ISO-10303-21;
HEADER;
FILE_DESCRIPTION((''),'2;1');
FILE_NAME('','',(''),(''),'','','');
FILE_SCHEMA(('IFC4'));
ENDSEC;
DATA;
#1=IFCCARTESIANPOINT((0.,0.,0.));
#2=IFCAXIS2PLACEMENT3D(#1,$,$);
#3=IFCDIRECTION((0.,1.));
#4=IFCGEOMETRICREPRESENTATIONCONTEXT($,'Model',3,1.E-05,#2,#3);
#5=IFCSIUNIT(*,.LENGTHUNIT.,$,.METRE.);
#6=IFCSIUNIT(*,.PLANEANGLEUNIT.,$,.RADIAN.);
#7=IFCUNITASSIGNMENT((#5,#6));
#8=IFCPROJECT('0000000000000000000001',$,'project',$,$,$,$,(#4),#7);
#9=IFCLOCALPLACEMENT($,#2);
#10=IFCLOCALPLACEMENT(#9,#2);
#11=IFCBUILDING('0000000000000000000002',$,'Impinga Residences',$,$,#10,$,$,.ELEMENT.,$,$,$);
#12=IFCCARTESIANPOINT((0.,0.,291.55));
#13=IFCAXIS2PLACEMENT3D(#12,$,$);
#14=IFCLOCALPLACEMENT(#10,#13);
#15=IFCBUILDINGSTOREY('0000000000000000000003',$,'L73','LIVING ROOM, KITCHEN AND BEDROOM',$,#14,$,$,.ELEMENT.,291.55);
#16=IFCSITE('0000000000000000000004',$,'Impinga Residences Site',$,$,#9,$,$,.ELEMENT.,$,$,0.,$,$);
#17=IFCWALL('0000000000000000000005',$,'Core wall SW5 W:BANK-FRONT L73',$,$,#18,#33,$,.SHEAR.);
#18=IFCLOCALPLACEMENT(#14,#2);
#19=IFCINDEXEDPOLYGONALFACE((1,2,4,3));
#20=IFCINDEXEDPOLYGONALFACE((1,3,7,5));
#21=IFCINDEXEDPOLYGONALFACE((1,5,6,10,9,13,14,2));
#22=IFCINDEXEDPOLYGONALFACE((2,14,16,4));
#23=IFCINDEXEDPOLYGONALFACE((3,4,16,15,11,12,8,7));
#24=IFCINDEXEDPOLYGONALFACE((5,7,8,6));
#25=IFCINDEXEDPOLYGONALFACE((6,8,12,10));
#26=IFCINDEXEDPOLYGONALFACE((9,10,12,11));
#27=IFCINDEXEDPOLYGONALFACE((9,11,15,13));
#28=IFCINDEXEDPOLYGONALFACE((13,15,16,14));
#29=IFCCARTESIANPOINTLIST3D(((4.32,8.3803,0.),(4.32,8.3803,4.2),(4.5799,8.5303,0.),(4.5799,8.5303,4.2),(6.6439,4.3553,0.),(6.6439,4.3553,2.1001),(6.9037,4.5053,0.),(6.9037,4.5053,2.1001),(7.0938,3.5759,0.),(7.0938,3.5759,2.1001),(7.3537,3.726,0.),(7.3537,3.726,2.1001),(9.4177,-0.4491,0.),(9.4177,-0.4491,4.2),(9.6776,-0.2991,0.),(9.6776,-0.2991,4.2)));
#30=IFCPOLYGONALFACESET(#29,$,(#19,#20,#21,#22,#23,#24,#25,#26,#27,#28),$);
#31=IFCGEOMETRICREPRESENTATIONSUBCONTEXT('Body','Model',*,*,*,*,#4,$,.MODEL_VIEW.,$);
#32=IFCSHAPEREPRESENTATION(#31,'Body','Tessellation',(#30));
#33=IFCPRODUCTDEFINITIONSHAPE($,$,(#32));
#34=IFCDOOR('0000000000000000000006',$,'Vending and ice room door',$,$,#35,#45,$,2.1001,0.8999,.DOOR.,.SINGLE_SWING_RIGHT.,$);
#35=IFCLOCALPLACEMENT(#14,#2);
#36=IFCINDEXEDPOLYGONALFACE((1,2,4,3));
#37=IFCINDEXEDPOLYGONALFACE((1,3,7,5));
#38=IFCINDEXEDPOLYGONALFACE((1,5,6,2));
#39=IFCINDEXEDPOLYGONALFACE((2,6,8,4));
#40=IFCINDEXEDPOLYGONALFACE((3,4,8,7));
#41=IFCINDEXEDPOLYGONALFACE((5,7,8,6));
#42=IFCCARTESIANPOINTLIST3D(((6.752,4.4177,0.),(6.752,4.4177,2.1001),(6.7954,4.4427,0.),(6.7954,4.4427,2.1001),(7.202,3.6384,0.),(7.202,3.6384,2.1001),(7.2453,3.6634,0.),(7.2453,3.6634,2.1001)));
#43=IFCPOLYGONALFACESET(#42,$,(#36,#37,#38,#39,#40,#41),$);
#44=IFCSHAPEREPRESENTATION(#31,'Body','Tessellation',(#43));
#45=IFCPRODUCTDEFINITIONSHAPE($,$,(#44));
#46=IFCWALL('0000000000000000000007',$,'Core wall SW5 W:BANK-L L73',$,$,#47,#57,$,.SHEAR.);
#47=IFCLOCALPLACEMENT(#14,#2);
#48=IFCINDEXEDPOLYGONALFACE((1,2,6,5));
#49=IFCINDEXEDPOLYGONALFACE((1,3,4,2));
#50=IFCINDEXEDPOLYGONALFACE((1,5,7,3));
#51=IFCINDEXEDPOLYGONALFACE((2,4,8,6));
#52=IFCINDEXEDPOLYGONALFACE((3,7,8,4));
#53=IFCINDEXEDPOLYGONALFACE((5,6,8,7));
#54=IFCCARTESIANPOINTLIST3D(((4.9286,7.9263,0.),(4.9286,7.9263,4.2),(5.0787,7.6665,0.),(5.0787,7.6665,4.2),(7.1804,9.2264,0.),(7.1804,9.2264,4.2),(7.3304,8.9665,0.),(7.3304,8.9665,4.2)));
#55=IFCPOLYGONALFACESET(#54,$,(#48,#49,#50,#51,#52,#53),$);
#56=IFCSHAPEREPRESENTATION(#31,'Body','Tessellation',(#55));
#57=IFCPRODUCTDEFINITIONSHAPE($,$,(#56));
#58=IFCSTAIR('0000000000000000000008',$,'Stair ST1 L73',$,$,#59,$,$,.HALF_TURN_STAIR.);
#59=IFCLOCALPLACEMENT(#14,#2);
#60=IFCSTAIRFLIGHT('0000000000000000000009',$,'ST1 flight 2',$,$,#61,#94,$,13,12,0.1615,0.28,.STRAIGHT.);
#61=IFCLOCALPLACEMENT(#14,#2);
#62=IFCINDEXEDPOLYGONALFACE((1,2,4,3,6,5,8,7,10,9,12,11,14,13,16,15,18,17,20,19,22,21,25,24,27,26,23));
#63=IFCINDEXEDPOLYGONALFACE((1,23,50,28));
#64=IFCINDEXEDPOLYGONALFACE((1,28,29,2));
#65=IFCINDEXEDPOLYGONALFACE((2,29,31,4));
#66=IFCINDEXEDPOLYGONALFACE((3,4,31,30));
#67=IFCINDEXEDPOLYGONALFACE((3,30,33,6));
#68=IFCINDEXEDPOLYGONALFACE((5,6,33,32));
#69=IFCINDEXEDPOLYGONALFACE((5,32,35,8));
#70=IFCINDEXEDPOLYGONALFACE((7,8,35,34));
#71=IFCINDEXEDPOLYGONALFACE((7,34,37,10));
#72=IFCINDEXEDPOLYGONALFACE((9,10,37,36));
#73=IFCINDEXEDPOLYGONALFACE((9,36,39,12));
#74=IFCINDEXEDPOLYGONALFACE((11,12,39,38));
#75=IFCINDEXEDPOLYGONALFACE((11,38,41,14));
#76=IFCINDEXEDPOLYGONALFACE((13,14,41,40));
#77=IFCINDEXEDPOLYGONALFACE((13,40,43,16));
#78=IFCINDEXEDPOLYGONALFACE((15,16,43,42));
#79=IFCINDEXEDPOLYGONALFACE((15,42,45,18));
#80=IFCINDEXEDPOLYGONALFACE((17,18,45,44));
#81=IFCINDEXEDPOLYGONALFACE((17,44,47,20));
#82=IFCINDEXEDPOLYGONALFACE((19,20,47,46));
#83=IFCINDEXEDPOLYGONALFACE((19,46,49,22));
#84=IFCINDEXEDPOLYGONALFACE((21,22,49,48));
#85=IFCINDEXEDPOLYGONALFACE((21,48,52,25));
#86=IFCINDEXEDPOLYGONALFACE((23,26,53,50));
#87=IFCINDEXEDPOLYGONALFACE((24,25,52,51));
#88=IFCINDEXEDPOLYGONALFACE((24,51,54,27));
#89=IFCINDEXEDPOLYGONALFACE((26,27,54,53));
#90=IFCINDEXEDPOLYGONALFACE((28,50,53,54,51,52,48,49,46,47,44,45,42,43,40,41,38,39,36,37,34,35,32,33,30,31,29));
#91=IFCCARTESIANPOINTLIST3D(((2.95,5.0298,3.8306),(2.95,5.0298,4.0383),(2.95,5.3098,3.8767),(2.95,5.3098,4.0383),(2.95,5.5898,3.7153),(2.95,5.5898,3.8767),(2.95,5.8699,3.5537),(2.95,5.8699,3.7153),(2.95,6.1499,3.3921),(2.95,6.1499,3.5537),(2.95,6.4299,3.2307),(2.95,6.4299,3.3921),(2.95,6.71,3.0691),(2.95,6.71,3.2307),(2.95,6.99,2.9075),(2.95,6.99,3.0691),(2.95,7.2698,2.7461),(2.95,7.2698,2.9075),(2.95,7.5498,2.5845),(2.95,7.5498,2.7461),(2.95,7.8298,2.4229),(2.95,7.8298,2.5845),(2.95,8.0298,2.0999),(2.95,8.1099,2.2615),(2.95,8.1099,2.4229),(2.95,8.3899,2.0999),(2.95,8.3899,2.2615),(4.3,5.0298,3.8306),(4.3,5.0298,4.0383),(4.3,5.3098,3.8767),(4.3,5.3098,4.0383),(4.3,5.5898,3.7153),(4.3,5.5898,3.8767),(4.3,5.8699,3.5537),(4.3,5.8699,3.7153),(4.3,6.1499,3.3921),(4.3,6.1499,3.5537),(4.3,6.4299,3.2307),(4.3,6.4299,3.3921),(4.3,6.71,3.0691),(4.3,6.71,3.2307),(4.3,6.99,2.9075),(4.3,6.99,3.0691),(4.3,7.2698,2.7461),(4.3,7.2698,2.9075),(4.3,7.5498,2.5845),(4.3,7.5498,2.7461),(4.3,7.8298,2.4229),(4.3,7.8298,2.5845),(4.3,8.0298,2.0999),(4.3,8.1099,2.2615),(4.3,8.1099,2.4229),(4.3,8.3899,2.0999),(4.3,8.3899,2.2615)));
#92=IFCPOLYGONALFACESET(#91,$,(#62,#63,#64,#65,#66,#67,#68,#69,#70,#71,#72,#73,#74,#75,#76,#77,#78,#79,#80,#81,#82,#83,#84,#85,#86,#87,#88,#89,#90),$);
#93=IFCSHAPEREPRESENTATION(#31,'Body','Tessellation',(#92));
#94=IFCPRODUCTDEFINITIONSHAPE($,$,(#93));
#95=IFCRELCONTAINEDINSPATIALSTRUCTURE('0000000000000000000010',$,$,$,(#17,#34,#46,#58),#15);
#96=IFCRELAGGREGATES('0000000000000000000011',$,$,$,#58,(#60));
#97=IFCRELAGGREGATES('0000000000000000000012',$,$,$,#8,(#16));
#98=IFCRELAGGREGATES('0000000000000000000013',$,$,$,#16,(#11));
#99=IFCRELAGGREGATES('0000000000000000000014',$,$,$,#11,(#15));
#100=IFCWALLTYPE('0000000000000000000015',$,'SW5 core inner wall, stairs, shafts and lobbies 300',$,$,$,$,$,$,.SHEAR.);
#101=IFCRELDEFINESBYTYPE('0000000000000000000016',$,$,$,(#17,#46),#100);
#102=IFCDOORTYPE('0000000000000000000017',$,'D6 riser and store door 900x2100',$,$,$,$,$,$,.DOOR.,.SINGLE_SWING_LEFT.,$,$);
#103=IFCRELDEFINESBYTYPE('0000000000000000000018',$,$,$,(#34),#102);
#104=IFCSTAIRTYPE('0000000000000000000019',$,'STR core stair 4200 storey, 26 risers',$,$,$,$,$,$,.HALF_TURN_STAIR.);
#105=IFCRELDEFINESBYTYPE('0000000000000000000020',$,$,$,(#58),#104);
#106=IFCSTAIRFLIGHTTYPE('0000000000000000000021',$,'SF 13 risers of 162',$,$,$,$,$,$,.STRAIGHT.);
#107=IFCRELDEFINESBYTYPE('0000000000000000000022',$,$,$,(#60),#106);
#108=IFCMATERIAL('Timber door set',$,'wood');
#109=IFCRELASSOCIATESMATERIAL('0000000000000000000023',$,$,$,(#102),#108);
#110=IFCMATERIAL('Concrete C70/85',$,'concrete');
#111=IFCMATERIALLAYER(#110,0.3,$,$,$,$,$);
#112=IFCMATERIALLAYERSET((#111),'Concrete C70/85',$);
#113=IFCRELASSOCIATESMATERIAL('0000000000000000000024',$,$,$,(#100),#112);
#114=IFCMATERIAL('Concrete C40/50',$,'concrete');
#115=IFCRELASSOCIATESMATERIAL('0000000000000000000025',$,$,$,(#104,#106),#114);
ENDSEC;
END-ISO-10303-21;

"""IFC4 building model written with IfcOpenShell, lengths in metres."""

from ifc_helpers import new_model, si_unit, direction, frame, frame_2d, origin, place, context, subcontext, project, spatial, polyline, rectangle, outline, extrude, material, layer, layer_set, type_object, element, fill, aggregate, save


model = new_model("IFC4")

# Units and contexts
model_context = context("Model", 3, precision=1e-05, world=origin(), true_north=direction((0.0, 1.0)))
body_context = subcontext(model_context, "Body", "Model", "MODEL_VIEW")
ifc_project = project(units=[si_unit("LENGTHUNIT", "METRE"), si_unit("PLANEANGLEUNIT", "RADIAN")], contexts=[model_context])

# Site, building, storey
site_placement = place(None, origin())
site = spatial("IfcSite", under=ifc_project, at=site_placement, Name="Impinga Residences Site", CompositionType="ELEMENT", RefElevation=0.0)
building_placement = place(site_placement, origin())
building = spatial("IfcBuilding", under=site, at=building_placement, Name="Impinga Residences", CompositionType="ELEMENT")
storey_placement = place(building_placement, frame((0.0, 0.0, 291.55)))
storey = spatial("IfcBuildingStorey", under=building, at=storey_placement, Name="L73", Description="LIVING ROOM, KITCHEN AND BEDROOM", CompositionType="ELEMENT", Elevation=291.55)

# Shared definitions
ifc_material_1 = material(Name="Timber door set", Category="wood")
door_type_1 = type_object("IfcDoorType", Name="D6 riser and store door 900x2100", OperationType="SINGLE_SWING_LEFT", PredefinedType="DOOR", material=ifc_material_1)

# Shared definitions
ifc_material_2 = material(Name="Concrete C70/85", Category="concrete")
ifc_layer_1 = layer(ifc_material_2, 0.3)
ifc_layer_set_1 = layer_set([ifc_layer_1], Name="Concrete C70/85")
wall_type_1 = type_object("IfcWallType", Name="SW5 core inner wall, stairs, shafts and lobbies 300", PredefinedType="SHEAR", material=ifc_layer_set_1)

# Wall, opening, door
wall_1_placement = place(storey_placement, frame((4.45, 8.4553, 0.0), z_axis=(0.0, 0.0, 1.0), x_axis=(0.500002, -0.866024, 0.0)))
wall_1 = element("IfcWall", 1, at=wall_1_placement, inside=storey, type_object=wall_type_1, Name="Core wall SW5 W:BANK-FRONT L73", PredefinedType="SHEAR", context=body_context, shape_type="SweptSolid", body=[
    extrude(rectangle(XDim=10.1953, YDim=0.3, at=frame_2d((5.0977, 0.0))), origin(), (0.0, 0.0, 1.0), 4.2),
])
opening_1_placement = place(wall_1_placement, frame((4.6477, 0.0, 0.0)))
opening_1 = element("IfcOpeningElement", 2, at=opening_1_placement, cuts=wall_1, PredefinedType="OPENING", context=body_context, shape_type="SweptSolid", body=[
    extrude(rectangle(XDim=0.8999, YDim=2.1001, at=frame_2d((0.45, 1.05))), frame((0.0, 0.1599, 0.0), z_axis=(0.0, -1.0, 0.0), x_axis=(1.0, 0.0, 0.0)), (0.0, 0.0, 1.0), 0.3201),
])
door_1_placement = place(opening_1_placement, origin())
door_1 = element("IfcDoor", 3, at=door_1_placement, inside=storey, type_object=door_type_1, Name="Vending and ice room door", OperationType="SINGLE_SWING_RIGHT", OverallHeight=2.1001, OverallWidth=0.8999, PredefinedType="DOOR", context=body_context, shape_type="SweptSolid", body=[
    extrude(rectangle(XDim=0.8999, YDim=2.1001, at=frame_2d((0.45, 1.05))), frame((0.0, 0.0249, 0.0), z_axis=(0.0, -1.0, 0.0), x_axis=(1.0, 0.0, 0.0)), (0.0, 0.0, 1.0), 0.05),
])
fill(opening_1, door_1)

# Wall
wall_2_placement = place(storey_placement, frame((5.0037, 7.7964, 0.0), z_axis=(0.0, 0.0, 1.0), x_axis=(0.866021, 0.500007, 0.0)))
element("IfcWall", 4, at=wall_2_placement, inside=storey, type_object=wall_type_1, Name="Core wall SW5 W:BANK-L L73", PredefinedType="SHEAR", context=body_context, shape_type="SweptSolid", body=[
    extrude(rectangle(XDim=2.6001, YDim=0.3, at=frame_2d((1.3, 0.0))), origin(), (0.0, 0.0, 1.0), 4.2),
])

# Stair, stair flight
ifc_material_3 = material(Name="Concrete C40/50", Category="concrete")
stair_type = type_object("IfcStairType", Name="STR core stair 4200 storey, 26 risers", PredefinedType="HALF_TURN_STAIR", material=ifc_material_3)
stair_placement = place(storey_placement, origin())
stair = element("IfcStair", 5, at=stair_placement, inside=storey, type_object=stair_type, Name="Stair ST1 L73", PredefinedType="HALF_TURN_STAIR")
stair_flight_type = type_object("IfcStairFlightType", Name="SF 13 risers of 162", PredefinedType="STRAIGHT", material=ifc_material_3)
stair_flight_placement = place(storey_placement, frame((3.625, 8.3899, 2.0999), z_axis=(0.0, 0.0, 1.0), x_axis=(0.0, -1.0, 0.0)))
stair_flight = element("IfcStairFlight", 6, at=stair_flight_placement, type_object=stair_flight_type, Name="ST1 flight 2", NumberOfRisers=13, NumberOfTreads=12, PredefinedType="STRAIGHT", RiserHeight=0.1615, TreadLength=0.28, context=body_context, shape_type="SweptSolid", body=[
    extrude(outline(polyline([(0.0, 0.0), (0.0, 0.1616), (0.28, 0.1616), (0.28, 0.323), (0.5601, 0.323), (0.5601, 0.4846), (0.8401, 0.4846), (0.8401, 0.6462), (1.1201, 0.6462), (1.1201, 0.8076), (1.3999, 0.8076), (1.3999, 0.9692), (1.6799, 0.9692), (1.6799, 1.1309), (1.96, 1.1309), (1.96, 1.2922), (2.24, 1.2922), (2.24, 1.4539), (2.52, 1.4539), (2.52, 1.6155), (2.8, 1.6155), (2.8, 1.7769), (3.0801, 1.7769), (3.0801, 1.9385), (3.3601, 1.9385), (3.3601, 2.1001), (3.3601, 1.7307), (0.3601, 0.0), (0.0, 0.0)])), frame((0.0, 0.675, 0.0), z_axis=(0.0, -1.0, 0.0), x_axis=(1.0, 0.0, 0.0)), (0.0, 0.0, 1.0), 1.3501),
])
aggregate(stair, [stair_flight])

save(model, "model.ifc")
